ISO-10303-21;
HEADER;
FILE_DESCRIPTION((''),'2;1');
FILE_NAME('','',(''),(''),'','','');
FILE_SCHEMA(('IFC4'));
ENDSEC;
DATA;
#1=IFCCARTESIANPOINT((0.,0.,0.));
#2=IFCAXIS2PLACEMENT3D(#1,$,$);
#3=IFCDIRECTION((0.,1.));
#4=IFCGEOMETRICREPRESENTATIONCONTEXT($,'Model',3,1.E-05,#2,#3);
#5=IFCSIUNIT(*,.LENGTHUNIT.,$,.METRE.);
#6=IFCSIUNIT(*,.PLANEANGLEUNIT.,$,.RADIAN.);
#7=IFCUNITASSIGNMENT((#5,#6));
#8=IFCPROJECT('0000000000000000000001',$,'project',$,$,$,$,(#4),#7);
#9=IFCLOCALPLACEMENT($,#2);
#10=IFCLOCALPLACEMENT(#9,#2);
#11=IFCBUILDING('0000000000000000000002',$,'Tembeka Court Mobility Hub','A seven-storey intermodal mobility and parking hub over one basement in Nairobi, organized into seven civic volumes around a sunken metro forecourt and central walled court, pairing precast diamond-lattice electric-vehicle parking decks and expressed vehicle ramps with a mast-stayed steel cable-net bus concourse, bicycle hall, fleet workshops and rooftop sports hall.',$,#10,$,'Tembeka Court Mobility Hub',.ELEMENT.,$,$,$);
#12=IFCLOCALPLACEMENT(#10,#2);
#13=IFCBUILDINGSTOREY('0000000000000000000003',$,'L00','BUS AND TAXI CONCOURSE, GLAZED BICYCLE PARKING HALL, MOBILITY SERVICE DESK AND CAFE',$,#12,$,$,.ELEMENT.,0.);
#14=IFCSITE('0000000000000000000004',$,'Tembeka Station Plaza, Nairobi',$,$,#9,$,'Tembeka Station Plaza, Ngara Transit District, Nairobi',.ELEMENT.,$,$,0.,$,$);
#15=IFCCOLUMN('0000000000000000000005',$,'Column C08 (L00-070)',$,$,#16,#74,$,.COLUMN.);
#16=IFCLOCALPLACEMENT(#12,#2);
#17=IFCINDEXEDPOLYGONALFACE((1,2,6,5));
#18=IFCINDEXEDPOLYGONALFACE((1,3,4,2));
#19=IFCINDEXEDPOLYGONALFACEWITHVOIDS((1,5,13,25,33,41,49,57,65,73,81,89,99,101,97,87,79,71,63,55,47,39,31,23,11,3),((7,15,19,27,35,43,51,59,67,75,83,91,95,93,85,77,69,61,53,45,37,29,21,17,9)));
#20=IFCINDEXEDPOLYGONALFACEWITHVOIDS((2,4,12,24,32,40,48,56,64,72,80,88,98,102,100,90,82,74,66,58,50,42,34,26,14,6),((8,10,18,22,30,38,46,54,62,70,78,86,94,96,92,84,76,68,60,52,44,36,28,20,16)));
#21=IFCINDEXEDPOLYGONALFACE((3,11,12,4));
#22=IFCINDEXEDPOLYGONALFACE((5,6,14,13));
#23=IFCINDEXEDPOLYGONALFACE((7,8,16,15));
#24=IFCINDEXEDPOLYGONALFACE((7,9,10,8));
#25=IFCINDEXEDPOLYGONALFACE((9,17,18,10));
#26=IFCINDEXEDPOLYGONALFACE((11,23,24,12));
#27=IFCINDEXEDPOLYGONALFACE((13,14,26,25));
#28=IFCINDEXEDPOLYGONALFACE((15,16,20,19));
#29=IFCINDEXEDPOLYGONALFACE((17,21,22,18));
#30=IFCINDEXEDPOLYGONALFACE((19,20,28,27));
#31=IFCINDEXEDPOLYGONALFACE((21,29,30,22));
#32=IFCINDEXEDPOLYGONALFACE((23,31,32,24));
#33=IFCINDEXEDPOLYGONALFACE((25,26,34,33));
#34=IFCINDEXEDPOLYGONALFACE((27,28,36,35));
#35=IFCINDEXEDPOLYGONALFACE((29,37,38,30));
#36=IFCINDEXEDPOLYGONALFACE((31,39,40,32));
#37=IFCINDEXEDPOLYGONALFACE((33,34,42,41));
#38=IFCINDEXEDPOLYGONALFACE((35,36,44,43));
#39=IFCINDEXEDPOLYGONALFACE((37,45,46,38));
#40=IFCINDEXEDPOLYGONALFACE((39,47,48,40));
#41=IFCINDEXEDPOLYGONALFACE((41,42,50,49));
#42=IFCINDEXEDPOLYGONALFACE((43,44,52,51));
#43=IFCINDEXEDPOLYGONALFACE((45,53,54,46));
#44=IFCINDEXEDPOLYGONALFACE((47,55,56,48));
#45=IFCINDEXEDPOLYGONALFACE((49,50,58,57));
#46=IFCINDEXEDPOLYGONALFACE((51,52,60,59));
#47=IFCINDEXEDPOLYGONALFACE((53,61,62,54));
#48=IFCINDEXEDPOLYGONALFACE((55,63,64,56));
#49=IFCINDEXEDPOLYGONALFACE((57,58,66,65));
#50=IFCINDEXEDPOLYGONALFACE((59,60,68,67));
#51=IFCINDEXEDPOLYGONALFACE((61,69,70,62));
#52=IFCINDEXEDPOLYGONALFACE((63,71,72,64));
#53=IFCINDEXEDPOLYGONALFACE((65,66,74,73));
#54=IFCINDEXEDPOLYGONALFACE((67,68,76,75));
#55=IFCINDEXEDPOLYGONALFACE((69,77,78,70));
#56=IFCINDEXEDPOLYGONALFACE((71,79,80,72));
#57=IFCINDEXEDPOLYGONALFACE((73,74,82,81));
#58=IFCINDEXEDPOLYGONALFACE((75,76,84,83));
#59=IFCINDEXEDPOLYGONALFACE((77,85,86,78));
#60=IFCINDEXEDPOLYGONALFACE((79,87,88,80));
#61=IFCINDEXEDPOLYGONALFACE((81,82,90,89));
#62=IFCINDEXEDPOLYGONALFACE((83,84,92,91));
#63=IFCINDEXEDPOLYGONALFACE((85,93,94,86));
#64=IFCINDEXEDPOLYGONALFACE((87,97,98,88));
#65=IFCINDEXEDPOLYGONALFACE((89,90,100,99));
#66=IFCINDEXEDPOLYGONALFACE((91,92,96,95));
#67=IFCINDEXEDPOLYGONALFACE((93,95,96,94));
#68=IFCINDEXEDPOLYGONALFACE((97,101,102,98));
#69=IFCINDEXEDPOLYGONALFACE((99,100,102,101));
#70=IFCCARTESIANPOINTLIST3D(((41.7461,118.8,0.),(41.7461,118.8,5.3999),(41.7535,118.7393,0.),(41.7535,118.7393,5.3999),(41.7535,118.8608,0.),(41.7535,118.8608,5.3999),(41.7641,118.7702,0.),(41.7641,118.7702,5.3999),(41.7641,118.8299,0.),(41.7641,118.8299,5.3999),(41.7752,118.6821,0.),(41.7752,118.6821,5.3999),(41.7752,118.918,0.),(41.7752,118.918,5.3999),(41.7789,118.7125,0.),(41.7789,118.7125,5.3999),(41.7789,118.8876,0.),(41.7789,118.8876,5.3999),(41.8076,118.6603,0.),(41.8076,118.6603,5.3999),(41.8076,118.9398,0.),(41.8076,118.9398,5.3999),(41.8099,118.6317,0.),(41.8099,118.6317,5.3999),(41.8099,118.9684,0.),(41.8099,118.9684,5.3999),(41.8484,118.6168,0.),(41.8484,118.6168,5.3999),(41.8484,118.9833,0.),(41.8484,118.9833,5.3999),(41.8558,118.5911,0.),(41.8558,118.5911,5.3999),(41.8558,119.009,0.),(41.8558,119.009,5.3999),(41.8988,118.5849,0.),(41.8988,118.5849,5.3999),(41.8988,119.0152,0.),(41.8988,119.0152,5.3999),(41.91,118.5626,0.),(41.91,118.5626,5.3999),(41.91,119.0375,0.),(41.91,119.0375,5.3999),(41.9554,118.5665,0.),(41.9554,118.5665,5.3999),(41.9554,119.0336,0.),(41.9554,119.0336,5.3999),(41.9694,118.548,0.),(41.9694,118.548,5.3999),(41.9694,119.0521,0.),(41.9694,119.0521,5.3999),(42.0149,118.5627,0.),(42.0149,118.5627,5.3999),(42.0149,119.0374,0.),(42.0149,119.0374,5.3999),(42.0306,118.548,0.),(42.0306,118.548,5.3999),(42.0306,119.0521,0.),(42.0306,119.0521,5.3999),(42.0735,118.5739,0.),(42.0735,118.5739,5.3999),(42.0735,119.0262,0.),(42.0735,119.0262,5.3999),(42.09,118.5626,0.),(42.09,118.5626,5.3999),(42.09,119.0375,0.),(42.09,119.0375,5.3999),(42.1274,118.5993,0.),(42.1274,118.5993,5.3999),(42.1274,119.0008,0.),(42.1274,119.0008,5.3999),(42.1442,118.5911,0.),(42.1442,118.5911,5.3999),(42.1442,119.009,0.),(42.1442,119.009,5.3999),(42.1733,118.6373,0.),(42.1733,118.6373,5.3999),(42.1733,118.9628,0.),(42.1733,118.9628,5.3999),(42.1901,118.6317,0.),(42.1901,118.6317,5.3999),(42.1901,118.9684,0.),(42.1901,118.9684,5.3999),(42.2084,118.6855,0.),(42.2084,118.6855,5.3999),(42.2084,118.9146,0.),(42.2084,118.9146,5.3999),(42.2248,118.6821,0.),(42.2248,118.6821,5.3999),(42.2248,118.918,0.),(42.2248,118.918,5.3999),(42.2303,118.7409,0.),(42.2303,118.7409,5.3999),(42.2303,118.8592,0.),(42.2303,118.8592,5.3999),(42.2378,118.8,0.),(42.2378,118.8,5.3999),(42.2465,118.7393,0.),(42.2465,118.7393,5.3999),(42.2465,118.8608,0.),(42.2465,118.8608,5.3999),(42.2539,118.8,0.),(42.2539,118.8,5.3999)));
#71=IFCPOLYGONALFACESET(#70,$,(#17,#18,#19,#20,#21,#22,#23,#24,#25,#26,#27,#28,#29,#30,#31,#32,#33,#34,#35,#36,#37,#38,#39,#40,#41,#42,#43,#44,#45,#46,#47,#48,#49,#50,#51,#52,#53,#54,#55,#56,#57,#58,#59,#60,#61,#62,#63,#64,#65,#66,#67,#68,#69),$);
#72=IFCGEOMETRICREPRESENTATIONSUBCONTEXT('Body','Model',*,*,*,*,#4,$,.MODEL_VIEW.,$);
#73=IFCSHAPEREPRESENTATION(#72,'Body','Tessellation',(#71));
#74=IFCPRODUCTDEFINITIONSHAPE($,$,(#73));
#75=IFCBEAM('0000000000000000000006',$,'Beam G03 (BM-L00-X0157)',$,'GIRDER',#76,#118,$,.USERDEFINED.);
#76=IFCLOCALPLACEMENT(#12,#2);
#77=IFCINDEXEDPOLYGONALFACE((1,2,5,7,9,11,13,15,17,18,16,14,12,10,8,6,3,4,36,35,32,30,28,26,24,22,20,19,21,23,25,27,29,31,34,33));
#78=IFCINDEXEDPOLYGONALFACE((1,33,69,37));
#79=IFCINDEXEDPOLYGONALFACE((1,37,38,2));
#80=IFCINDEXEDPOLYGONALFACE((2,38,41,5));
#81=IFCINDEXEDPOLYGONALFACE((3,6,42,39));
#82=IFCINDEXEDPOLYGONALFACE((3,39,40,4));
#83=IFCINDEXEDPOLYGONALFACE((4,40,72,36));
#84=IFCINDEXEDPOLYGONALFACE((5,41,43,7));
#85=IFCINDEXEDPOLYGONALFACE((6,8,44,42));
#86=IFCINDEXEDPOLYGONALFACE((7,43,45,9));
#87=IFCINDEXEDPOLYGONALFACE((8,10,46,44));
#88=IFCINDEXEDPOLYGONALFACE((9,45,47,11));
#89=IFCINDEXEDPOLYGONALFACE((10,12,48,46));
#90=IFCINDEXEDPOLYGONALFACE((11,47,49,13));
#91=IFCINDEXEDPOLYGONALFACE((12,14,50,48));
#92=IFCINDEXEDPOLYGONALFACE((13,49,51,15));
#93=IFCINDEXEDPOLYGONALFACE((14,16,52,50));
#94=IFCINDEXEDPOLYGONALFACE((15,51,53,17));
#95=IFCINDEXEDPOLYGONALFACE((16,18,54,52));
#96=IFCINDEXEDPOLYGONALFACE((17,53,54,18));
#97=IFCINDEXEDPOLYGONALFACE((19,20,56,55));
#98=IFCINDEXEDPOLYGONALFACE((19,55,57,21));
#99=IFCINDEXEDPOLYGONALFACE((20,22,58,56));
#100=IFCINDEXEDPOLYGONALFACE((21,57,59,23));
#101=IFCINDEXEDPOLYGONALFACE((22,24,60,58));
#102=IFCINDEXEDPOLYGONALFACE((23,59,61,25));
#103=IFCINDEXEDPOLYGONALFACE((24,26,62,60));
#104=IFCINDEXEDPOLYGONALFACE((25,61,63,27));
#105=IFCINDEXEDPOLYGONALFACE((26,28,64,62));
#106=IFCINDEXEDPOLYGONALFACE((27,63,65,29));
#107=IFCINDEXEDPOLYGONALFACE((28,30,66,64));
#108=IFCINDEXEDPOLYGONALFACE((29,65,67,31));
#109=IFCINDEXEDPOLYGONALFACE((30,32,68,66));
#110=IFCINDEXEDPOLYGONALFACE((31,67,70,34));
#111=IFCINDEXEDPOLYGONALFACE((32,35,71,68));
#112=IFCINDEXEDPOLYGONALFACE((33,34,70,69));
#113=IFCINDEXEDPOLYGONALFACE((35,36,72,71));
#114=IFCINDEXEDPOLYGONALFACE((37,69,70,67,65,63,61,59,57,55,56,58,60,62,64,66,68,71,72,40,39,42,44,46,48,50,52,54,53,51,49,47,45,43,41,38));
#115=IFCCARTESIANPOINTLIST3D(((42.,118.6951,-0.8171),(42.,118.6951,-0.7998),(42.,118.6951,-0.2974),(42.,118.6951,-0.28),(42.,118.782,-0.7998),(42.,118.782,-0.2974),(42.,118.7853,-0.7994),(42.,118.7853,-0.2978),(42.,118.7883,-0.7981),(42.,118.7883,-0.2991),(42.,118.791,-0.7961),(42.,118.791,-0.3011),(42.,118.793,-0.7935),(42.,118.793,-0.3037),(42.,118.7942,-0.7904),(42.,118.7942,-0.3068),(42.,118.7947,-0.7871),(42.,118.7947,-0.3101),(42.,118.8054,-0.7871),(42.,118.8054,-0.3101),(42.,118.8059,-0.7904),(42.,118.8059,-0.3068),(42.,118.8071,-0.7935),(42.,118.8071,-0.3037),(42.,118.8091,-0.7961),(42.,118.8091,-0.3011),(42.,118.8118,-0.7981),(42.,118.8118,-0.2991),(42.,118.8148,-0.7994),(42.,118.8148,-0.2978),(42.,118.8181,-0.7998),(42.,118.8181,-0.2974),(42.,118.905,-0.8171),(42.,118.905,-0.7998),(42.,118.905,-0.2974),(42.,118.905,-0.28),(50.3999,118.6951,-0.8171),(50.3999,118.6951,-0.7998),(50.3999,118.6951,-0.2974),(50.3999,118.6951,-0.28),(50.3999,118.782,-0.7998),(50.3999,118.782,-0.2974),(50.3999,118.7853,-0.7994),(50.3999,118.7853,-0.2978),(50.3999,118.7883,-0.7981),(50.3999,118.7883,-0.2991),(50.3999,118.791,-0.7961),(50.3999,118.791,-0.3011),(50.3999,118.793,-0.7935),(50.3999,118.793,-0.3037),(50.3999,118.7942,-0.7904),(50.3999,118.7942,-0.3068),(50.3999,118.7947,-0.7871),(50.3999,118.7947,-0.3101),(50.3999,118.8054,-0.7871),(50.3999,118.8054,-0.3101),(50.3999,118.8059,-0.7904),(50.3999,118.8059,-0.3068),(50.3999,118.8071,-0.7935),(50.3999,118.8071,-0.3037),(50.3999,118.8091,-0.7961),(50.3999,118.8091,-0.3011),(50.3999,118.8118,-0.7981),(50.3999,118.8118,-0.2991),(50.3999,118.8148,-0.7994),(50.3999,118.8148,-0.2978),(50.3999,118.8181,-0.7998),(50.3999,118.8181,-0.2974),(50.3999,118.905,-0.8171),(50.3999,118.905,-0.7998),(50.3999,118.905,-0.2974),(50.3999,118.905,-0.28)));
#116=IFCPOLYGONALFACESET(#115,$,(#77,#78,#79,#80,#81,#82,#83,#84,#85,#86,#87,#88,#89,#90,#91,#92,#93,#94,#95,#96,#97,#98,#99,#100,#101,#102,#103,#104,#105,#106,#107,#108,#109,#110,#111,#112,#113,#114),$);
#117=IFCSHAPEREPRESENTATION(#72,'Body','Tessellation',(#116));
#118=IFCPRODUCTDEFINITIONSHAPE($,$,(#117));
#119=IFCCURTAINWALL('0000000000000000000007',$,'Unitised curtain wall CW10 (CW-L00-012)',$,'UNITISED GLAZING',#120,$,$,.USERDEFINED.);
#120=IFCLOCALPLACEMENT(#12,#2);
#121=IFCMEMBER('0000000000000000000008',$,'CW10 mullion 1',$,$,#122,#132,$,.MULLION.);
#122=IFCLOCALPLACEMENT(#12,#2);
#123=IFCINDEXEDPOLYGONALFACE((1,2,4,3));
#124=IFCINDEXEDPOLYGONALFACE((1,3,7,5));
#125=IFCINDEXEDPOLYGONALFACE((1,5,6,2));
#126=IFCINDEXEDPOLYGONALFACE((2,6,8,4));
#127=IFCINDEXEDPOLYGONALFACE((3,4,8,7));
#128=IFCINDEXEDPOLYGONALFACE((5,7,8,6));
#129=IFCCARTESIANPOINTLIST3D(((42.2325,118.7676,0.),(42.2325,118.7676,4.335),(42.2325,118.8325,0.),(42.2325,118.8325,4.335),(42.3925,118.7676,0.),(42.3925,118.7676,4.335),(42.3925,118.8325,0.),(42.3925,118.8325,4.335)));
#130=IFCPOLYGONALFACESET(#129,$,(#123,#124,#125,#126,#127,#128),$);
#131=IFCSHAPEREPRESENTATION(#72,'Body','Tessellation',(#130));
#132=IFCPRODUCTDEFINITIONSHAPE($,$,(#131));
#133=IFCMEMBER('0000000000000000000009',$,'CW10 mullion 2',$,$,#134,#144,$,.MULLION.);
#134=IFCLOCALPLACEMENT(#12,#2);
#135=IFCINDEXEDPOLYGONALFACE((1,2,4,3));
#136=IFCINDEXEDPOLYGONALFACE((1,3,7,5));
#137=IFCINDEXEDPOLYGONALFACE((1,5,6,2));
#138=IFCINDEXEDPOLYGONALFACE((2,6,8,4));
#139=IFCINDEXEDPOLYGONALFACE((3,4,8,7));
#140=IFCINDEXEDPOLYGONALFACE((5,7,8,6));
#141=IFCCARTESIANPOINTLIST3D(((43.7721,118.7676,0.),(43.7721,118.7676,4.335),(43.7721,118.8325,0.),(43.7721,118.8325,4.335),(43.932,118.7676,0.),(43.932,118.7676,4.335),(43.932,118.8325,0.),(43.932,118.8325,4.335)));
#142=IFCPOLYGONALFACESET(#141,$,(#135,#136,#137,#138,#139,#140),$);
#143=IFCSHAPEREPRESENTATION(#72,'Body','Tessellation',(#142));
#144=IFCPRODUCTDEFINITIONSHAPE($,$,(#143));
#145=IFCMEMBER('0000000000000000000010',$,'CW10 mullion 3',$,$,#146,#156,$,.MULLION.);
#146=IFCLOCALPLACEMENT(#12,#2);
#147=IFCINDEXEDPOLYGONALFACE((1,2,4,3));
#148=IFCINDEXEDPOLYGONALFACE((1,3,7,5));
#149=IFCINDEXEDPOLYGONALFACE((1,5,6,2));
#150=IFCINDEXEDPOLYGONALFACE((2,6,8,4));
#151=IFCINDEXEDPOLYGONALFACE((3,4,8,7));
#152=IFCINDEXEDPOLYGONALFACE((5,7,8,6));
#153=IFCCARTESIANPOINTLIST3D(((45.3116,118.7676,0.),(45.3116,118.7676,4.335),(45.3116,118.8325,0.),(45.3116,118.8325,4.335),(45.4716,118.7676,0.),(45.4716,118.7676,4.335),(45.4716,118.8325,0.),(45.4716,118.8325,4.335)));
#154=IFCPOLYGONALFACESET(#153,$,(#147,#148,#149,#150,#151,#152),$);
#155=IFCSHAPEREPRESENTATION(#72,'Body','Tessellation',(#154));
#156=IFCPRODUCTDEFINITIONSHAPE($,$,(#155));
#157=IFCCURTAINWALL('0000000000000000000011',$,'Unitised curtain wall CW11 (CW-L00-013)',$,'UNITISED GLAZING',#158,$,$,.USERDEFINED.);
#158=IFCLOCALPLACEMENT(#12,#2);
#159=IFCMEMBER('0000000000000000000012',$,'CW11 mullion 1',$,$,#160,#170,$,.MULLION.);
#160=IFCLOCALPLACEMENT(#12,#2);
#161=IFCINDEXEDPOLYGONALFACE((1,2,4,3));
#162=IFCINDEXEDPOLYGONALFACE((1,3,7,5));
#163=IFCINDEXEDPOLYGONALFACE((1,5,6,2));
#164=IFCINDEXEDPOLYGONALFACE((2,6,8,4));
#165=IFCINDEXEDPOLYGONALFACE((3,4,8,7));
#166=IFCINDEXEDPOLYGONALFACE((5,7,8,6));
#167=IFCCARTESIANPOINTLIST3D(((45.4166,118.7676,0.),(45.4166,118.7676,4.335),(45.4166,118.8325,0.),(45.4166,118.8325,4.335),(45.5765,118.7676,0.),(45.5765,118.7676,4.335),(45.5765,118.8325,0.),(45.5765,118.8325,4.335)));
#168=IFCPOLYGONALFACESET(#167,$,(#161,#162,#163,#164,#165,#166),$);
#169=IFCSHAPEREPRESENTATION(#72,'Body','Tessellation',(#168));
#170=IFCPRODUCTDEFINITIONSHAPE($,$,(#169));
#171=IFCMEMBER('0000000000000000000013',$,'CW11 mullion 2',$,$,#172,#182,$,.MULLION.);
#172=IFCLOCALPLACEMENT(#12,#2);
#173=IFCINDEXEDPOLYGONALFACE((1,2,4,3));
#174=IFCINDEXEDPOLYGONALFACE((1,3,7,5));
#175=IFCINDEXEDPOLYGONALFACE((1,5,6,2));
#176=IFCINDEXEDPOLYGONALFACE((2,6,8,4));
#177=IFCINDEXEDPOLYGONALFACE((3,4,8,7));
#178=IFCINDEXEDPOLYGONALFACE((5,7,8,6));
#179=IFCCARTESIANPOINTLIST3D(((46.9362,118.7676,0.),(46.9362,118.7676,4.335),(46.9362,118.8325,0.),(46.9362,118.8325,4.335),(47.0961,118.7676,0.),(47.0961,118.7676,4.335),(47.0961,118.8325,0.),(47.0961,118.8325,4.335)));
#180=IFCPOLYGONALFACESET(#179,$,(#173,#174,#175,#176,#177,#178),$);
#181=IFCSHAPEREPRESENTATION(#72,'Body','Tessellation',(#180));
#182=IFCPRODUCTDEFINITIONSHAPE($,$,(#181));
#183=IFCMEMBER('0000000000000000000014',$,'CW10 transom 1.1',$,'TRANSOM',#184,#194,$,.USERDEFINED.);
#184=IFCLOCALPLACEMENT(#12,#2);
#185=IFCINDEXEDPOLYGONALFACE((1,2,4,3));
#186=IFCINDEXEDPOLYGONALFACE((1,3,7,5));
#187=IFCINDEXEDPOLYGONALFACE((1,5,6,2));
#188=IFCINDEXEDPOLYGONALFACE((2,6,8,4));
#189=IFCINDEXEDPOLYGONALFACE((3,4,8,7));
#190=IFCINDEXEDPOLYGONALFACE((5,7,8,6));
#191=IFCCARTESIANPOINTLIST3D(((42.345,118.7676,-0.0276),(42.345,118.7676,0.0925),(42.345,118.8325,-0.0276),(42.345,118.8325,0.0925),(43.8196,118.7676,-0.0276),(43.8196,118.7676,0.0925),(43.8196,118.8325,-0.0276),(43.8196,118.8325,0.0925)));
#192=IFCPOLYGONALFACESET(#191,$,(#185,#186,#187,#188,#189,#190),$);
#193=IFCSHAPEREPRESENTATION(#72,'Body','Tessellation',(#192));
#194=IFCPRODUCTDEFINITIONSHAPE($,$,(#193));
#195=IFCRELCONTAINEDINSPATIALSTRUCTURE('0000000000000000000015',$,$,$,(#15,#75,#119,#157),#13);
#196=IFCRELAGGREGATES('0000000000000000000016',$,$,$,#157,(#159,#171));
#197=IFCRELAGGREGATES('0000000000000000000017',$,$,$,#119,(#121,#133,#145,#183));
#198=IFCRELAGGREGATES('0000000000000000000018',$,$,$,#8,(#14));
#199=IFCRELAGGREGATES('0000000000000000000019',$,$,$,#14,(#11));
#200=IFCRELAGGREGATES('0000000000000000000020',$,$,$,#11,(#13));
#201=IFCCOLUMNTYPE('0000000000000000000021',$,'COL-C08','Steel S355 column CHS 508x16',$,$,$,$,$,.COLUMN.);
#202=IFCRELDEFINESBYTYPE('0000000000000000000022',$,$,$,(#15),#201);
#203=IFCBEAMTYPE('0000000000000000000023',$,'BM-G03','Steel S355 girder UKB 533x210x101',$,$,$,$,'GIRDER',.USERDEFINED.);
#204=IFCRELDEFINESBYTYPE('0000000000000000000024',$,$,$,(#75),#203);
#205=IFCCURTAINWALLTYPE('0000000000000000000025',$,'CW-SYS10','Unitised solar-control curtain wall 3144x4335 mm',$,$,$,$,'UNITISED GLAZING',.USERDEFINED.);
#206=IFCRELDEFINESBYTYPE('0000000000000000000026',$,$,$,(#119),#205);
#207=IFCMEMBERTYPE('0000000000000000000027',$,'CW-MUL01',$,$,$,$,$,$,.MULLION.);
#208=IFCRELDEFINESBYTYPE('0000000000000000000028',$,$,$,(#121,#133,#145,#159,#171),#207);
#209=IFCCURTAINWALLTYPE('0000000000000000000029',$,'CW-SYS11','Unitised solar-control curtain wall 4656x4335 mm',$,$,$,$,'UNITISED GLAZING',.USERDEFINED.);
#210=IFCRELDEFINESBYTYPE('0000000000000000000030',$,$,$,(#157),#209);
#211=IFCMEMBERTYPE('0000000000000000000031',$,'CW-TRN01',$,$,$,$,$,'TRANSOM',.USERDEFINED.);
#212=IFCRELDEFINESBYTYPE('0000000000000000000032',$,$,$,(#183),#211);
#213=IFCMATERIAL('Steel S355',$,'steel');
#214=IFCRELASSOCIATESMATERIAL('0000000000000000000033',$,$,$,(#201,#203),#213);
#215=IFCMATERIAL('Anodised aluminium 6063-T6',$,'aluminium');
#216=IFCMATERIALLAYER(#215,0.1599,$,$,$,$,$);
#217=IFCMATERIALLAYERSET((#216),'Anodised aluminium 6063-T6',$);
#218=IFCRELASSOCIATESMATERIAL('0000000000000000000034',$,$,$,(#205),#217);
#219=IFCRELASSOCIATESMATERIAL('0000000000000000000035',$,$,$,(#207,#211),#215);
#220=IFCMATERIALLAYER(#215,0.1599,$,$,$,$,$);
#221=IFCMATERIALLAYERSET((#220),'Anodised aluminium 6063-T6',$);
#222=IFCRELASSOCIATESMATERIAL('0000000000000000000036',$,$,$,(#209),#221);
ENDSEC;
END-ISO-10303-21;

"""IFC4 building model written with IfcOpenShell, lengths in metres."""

from ifc_helpers import new_model, si_unit, direction, frame, origin, origin_2d, place, context, subcontext, project, spatial, rectangle, hollow_circle, i_section, extrude, material, layer, layer_set, material_profile, profile_set, type_object, element, aggregate, save


model = new_model("IFC4")

# Units and contexts
model_context = context("Model", 3, precision=1e-05, world=origin(), true_north=direction((0.0, 1.0)))
body_context = subcontext(model_context, "Body", "Model", "MODEL_VIEW")
ifc_project = project(units=[si_unit("LENGTHUNIT", "METRE"), si_unit("PLANEANGLEUNIT", "RADIAN")], contexts=[model_context])

# Site, building, storey
site_placement = place(None, origin())
site = spatial("IfcSite", under=ifc_project, at=site_placement, Name="Tembeka Station Plaza, Nairobi", LongName="Tembeka Station Plaza, Ngara Transit District, Nairobi", CompositionType="ELEMENT", RefElevation=0.0)
building_placement = place(site_placement, origin())
building = spatial("IfcBuilding", under=site, at=building_placement, Name="Tembeka Court Mobility Hub", Description="A seven-storey intermodal mobility and parking hub over one basement in Nairobi, organized into seven civic volumes around a sunken metro forecourt and central walled court, pairing precast diamond-lattice electric-vehicle parking decks and expressed vehicle ramps with a mast-stayed steel cable-net bus concourse, bicycle hall, fleet workshops and rooftop sports hall.", LongName="Tembeka Court Mobility Hub", CompositionType="ELEMENT")
storey_placement = place(building_placement, origin())
storey = spatial("IfcBuildingStorey", under=building, at=storey_placement, Name="L00", Description="BUS AND TAXI CONCOURSE, GLAZED BICYCLE PARKING HALL, MOBILITY SERVICE DESK AND CAFE", CompositionType="ELEMENT", Elevation=0.0)

# Column
ifc_material_1 = material(Name="Steel S355", Category="steel")
ifc_material_profile_1 = material_profile(ifc_material_1, hollow_circle(Radius=0.2539, WallThickness=0.0161, at=origin_2d()), Name="CHS 508x16")
ifc_profile_set_1 = profile_set([ifc_material_profile_1], Name="Steel S355")
column_type = type_object("IfcColumnType", Name="COL-C08", Description="Steel S355 column CHS 508x16", PredefinedType="COLUMN", material=ifc_profile_set_1)
column_placement = place(storey_placement, frame((42.0, 118.8, 0.0), z_axis=(0.0, 0.0, 1.0), x_axis=(1.0, 0.0, 0.0)))
element("IfcColumn", 1, at=column_placement, inside=storey, type_object=column_type, Name="Column C08 (L00-070)", PredefinedType="COLUMN", context=body_context, shape_type="SweptSolid", body=[
    extrude(hollow_circle(Radius=0.2539, WallThickness=0.0161, at=origin_2d()), origin(), (0.0, 0.0, 1.0), 5.3999),
])

# Beam
ifc_material_profile_2 = material_profile(ifc_material_1, i_section(OverallWidth=0.21, OverallDepth=0.5371, WebThickness=0.0107, FlangeThickness=0.0173, FilletRadius=0.0127, at=origin_2d()), Name="UKB 533x210x101")
ifc_profile_set_2 = profile_set([ifc_material_profile_2], Name="Steel S355")
beam_type = type_object("IfcBeamType", Name="BM-G03", Description="Steel S355 girder UKB 533x210x101", ElementType="GIRDER", PredefinedType="USERDEFINED", material=ifc_profile_set_2)
beam_placement = place(storey_placement, frame((42.0, 118.8, -0.5486), z_axis=(1.0, 0.0, 0.0), x_axis=(0.0, 1.0, 0.0)))
element("IfcBeam", 2, at=beam_placement, inside=storey, type_object=beam_type, Name="Beam G03 (BM-L00-X0157)", ObjectType="GIRDER", PredefinedType="USERDEFINED", context=body_context, shape_type="SweptSolid", body=[
    extrude(i_section(OverallWidth=0.21, OverallDepth=0.5371, WebThickness=0.0107, FlangeThickness=0.0173, FilletRadius=0.0127, at=origin_2d()), origin(), (0.0, 0.0, 1.0), 8.3999),
])

# Curtain walls, members
ifc_material_2 = material(Name="Anodised aluminium 6063-T6", Category="aluminium")
ifc_layer_1 = layer(ifc_material_2, 0.1599)
ifc_layer_set_1 = layer_set([ifc_layer_1], Name="Anodised aluminium 6063-T6")
curtain_wall_type_1 = type_object("IfcCurtainWallType", Name="CW-SYS10", Description="Unitised solar-control curtain wall 3144x4335 mm", ElementType="UNITISED GLAZING", PredefinedType="USERDEFINED", material=ifc_layer_set_1)
curtain_wall_1_placement = place(storey_placement, origin())
curtain_wall_1 = element("IfcCurtainWall", 3, at=curtain_wall_1_placement, inside=storey, type_object=curtain_wall_type_1, Name="Unitised curtain wall CW10 (CW-L00-012)", ObjectType="UNITISED GLAZING", PredefinedType="USERDEFINED")
ifc_material_profile_3 = material_profile(ifc_material_2, rectangle(XDim=0.0649, YDim=0.1599, at=origin_2d()), Name="ALU-MUL 65x160")
ifc_profile_set_3 = profile_set([ifc_material_profile_3], Name="Anodised aluminium 6063-T6")
member_type_1 = type_object("IfcMemberType", Name="CW-MUL01", PredefinedType="MULLION", material=ifc_profile_set_3)
member_1_placement = place(storey_placement, frame((42.3125, 118.8, 0.0), z_axis=(0.0, 0.0, 1.0), x_axis=(0.0, 1.0, 0.0)))
member_1 = element("IfcMember", 4, at=member_1_placement, type_object=member_type_1, Name="CW10 mullion 1", PredefinedType="MULLION", context=body_context, shape_type="SweptSolid", body=[
    extrude(rectangle(XDim=0.0649, YDim=0.1599, at=origin_2d()), origin(), (0.0, 0.0, 1.0), 4.335),
])
member_2_placement = place(storey_placement, frame((43.8521, 118.8, 0.0), z_axis=(0.0, 0.0, 1.0), x_axis=(0.0, 1.0, 0.0)))
member_2 = element("IfcMember", 5, at=member_2_placement, type_object=member_type_1, Name="CW10 mullion 2", PredefinedType="MULLION", context=body_context, shape_type="SweptSolid", body=[
    extrude(rectangle(XDim=0.0649, YDim=0.1599, at=origin_2d()), origin(), (0.0, 0.0, 1.0), 4.335),
])
member_3_placement = place(storey_placement, frame((45.3916, 118.8, 0.0), z_axis=(0.0, 0.0, 1.0), x_axis=(0.0, 1.0, 0.0)))
member_3 = element("IfcMember", 6, at=member_3_placement, type_object=member_type_1, Name="CW10 mullion 3", PredefinedType="MULLION", context=body_context, shape_type="SweptSolid", body=[
    extrude(rectangle(XDim=0.0649, YDim=0.1599, at=origin_2d()), origin(), (0.0, 0.0, 1.0), 4.335),
])
ifc_layer_2 = layer(ifc_material_2, 0.1599)
ifc_layer_set_2 = layer_set([ifc_layer_2], Name="Anodised aluminium 6063-T6")
curtain_wall_type_2 = type_object("IfcCurtainWallType", Name="CW-SYS11", Description="Unitised solar-control curtain wall 4656x4335 mm", ElementType="UNITISED GLAZING", PredefinedType="USERDEFINED", material=ifc_layer_set_2)
curtain_wall_2_placement = place(storey_placement, origin())
curtain_wall_2 = element("IfcCurtainWall", 7, at=curtain_wall_2_placement, inside=storey, type_object=curtain_wall_type_2, Name="Unitised curtain wall CW11 (CW-L00-013)", ObjectType="UNITISED GLAZING", PredefinedType="USERDEFINED")
member_4_placement = place(storey_placement, frame((45.4966, 118.8, 0.0), z_axis=(0.0, 0.0, 1.0), x_axis=(0.0, 1.0, 0.0)))
member_4 = element("IfcMember", 8, at=member_4_placement, type_object=member_type_1, Name="CW11 mullion 1", PredefinedType="MULLION", context=body_context, shape_type="SweptSolid", body=[
    extrude(rectangle(XDim=0.0649, YDim=0.1599, at=origin_2d()), origin(), (0.0, 0.0, 1.0), 4.335),
])
member_5_placement = place(storey_placement, frame((47.0161, 118.8, 0.0), z_axis=(0.0, 0.0, 1.0), x_axis=(0.0, 1.0, 0.0)))
member_5 = element("IfcMember", 9, at=member_5_placement, type_object=member_type_1, Name="CW11 mullion 2", PredefinedType="MULLION", context=body_context, shape_type="SweptSolid", body=[
    extrude(rectangle(XDim=0.0649, YDim=0.1599, at=origin_2d()), origin(), (0.0, 0.0, 1.0), 4.335),
])

# Member
ifc_material_profile_4 = material_profile(ifc_material_2, rectangle(XDim=0.0649, YDim=0.1201, at=origin_2d()), Name="ALU-TRN 65x120")
ifc_profile_set_4 = profile_set([ifc_material_profile_4], Name="Anodised aluminium 6063-T6")
member_type_2 = type_object("IfcMemberType", Name="CW-TRN01", ElementType="TRANSOM", PredefinedType="USERDEFINED", material=ifc_profile_set_4)
member_6_placement = place(storey_placement, frame((42.345, 118.8, 0.0325), z_axis=(1.0, 0.0, 0.0), x_axis=(0.0, 1.0, 0.0)))
member_6 = element("IfcMember", 10, at=member_6_placement, type_object=member_type_2, Name="CW10 transom 1.1", ObjectType="TRANSOM", PredefinedType="USERDEFINED", context=body_context, shape_type="SweptSolid", body=[
    extrude(rectangle(XDim=0.0649, YDim=0.1201, at=origin_2d()), origin(), (0.0, 0.0, 1.0), 1.4746),
])

aggregate(curtain_wall_2, [member_4, member_5])
aggregate(curtain_wall_1, [member_1, member_2, member_3, member_6])

save(model, "model.ifc")
